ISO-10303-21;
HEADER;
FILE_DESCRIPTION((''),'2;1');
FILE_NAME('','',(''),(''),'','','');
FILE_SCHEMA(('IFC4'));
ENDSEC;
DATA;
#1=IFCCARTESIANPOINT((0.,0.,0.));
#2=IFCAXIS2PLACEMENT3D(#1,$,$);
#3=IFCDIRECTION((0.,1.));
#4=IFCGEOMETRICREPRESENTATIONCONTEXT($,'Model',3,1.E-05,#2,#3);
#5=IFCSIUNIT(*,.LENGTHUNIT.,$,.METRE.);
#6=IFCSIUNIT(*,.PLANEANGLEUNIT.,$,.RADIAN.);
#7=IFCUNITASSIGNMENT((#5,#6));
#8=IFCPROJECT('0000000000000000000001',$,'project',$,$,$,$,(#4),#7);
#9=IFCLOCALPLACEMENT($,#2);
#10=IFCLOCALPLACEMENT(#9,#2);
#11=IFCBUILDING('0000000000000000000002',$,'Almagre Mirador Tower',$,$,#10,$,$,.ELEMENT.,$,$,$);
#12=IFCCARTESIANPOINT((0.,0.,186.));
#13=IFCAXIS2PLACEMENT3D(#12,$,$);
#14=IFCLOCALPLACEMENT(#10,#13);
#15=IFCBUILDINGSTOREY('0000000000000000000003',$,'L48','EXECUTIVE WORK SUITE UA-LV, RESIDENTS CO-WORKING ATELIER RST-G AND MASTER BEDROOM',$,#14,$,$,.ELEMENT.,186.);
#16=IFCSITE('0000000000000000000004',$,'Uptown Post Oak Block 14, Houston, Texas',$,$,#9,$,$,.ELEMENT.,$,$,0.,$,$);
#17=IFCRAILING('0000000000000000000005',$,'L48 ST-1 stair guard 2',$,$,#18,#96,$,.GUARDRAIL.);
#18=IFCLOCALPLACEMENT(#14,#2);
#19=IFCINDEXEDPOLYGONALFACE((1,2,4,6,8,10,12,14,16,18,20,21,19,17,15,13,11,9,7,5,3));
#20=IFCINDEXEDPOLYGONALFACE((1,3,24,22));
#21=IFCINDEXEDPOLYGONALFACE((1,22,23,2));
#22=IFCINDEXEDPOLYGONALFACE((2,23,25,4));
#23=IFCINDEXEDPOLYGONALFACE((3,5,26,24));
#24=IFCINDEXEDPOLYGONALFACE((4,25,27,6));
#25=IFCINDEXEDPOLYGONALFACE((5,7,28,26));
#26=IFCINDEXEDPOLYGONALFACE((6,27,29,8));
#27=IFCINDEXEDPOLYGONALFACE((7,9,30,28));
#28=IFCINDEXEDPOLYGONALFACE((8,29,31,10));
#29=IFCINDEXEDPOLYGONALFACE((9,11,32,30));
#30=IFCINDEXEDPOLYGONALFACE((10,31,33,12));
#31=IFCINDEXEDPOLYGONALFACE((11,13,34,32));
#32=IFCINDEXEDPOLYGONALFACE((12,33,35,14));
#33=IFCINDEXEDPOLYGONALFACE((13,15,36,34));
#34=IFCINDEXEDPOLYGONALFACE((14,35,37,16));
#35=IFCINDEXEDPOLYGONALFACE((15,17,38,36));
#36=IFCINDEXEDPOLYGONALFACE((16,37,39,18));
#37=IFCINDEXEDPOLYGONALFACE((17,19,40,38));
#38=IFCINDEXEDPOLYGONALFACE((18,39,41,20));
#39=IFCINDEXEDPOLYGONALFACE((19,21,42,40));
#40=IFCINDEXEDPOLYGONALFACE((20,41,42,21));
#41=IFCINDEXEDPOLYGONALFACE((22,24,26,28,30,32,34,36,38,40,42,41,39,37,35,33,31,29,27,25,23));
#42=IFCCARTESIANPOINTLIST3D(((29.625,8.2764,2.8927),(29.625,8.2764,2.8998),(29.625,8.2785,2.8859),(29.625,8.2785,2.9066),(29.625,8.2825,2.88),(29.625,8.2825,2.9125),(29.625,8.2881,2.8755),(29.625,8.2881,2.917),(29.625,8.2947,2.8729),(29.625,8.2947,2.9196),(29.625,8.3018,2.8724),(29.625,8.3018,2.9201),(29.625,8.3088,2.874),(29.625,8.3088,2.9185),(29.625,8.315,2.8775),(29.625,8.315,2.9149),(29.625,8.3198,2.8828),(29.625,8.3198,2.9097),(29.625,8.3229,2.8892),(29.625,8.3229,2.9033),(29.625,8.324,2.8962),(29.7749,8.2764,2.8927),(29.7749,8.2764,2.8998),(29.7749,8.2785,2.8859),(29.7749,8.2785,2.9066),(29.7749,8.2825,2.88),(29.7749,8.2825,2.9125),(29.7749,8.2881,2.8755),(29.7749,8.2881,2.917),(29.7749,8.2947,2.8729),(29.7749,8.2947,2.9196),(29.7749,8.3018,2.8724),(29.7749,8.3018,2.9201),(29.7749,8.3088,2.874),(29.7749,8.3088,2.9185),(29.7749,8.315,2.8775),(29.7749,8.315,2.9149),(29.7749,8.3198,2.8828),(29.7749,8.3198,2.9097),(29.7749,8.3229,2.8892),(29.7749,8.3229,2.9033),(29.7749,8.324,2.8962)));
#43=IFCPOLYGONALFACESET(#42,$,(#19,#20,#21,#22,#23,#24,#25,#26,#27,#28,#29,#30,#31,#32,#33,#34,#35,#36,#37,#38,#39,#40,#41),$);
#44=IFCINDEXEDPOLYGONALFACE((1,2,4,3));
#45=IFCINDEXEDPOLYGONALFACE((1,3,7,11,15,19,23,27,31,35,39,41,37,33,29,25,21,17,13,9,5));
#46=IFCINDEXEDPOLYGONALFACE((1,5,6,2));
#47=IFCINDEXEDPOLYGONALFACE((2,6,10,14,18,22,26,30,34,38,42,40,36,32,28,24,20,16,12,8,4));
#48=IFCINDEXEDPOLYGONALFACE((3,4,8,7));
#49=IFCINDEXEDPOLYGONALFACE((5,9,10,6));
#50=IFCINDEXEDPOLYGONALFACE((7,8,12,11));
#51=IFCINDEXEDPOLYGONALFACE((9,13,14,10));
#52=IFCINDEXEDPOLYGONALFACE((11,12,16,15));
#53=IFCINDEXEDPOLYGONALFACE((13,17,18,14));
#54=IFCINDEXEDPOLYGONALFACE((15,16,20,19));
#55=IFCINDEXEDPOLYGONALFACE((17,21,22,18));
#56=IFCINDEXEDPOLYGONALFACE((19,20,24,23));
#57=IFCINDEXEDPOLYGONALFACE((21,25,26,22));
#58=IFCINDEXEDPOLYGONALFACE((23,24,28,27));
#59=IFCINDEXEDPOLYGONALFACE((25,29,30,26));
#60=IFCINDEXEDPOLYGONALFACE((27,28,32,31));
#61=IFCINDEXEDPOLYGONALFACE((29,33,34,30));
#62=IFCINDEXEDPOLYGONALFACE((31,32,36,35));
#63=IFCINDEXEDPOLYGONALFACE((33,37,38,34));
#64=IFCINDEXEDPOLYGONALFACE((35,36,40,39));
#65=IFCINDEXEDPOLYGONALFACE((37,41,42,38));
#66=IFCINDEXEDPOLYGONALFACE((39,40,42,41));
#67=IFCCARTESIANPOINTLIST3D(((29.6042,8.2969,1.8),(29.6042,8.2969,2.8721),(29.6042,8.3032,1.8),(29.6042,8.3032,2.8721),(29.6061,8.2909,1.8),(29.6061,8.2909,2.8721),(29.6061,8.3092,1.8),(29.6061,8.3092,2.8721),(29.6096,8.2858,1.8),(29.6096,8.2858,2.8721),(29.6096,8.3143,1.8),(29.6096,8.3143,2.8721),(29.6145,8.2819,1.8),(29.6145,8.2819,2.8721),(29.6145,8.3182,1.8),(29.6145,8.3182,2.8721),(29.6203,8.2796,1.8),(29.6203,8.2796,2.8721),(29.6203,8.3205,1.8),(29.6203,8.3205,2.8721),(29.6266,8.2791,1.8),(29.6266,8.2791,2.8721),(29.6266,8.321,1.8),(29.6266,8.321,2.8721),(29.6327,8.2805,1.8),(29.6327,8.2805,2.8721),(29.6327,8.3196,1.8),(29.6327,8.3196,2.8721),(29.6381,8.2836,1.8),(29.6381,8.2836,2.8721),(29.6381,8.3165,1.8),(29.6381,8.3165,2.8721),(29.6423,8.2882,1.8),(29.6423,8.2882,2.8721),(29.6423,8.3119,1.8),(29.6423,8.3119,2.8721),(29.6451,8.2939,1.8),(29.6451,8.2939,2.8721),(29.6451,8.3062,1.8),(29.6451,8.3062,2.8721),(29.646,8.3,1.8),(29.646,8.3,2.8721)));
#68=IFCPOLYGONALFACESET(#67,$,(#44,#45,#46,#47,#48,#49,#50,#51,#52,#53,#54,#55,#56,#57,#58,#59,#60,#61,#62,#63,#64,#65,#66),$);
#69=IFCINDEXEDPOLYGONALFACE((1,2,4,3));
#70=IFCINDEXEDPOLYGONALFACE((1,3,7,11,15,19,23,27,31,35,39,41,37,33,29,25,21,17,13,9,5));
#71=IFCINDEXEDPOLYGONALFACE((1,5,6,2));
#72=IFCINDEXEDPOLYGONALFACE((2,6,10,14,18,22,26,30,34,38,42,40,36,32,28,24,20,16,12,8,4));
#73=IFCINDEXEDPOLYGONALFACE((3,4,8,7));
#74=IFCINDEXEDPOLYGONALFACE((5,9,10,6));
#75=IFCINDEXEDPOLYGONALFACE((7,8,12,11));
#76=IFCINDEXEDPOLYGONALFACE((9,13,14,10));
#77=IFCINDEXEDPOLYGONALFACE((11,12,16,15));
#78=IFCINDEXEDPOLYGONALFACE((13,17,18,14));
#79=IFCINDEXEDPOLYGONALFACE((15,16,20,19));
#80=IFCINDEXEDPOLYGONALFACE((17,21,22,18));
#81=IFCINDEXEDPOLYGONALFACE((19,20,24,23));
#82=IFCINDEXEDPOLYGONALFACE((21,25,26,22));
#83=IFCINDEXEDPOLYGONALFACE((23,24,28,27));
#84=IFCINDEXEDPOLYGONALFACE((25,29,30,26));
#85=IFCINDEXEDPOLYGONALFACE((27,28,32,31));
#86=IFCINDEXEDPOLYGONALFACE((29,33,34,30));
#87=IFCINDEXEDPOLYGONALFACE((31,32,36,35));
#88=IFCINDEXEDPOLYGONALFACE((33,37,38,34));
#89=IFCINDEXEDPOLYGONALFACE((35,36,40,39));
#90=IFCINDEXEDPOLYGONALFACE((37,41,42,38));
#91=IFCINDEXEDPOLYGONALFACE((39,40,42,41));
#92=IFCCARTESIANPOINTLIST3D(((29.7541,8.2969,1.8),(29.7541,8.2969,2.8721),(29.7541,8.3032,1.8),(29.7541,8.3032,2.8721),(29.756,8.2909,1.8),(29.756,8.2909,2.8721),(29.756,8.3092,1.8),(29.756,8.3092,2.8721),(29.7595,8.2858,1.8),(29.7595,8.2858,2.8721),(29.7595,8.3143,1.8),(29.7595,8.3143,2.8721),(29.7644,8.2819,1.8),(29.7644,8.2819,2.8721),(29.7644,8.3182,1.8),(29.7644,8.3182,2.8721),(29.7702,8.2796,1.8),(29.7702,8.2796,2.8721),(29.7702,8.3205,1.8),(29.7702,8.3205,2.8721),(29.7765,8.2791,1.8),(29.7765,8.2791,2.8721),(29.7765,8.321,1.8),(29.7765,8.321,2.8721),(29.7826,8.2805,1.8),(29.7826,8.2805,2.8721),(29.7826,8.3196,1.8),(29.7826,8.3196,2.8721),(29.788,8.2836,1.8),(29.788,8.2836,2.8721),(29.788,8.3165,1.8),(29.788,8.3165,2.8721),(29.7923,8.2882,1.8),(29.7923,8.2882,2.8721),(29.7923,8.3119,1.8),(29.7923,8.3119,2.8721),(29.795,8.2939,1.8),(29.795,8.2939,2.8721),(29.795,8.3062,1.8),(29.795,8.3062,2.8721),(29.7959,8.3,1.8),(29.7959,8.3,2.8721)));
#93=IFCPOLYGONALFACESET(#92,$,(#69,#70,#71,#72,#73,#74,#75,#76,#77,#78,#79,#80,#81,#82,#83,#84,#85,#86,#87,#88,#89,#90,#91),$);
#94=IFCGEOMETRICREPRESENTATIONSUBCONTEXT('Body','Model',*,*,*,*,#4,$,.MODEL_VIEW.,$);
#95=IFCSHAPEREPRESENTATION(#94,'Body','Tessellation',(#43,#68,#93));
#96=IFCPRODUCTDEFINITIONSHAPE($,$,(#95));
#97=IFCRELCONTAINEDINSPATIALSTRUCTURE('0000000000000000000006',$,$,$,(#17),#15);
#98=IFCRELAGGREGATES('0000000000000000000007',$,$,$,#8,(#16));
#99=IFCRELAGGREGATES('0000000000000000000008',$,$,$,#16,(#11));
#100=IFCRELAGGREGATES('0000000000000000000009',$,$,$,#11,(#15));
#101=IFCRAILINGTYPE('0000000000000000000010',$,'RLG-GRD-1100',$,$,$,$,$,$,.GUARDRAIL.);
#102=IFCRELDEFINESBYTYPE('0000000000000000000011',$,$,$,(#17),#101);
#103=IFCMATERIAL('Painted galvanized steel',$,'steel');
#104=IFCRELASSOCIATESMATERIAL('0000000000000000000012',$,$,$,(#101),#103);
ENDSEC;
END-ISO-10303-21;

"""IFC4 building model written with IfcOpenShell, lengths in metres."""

from ifc_helpers import new_model, si_unit, direction, frame, origin, origin_2d, place, context, subcontext, project, spatial, circle, extrude, material, type_object, element, save


model = new_model("IFC4")

# Units and contexts
model_context = context("Model", 3, precision=1e-05, world=origin(), true_north=direction((0.0, 1.0)))
body_context = subcontext(model_context, "Body", "Model", "MODEL_VIEW")
ifc_project = project(units=[si_unit("LENGTHUNIT", "METRE"), si_unit("PLANEANGLEUNIT", "RADIAN")], contexts=[model_context])

# Site, building, storey
site_placement = place(None, origin())
site = spatial("IfcSite", under=ifc_project, at=site_placement, Name="Uptown Post Oak Block 14, Houston, Texas", CompositionType="ELEMENT", RefElevation=0.0)
building_placement = place(site_placement, origin())
building = spatial("IfcBuilding", under=site, at=building_placement, Name="Almagre Mirador Tower", CompositionType="ELEMENT")
storey_placement = place(building_placement, frame((0.0, 0.0, 186.0)))
storey = spatial("IfcBuildingStorey", under=building, at=storey_placement, Name="L48", Description="EXECUTIVE WORK SUITE UA-LV, RESIDENTS CO-WORKING ATELIER RST-G AND MASTER BEDROOM", CompositionType="ELEMENT", Elevation=186.0)

# Railing
ifc_material_1 = material(Name="Painted galvanized steel", Category="steel")
railing_type_1 = type_object("IfcRailingType", Name="RLG-GRD-1100", PredefinedType="GUARDRAIL", material=ifc_material_1)
railing_1_placement = place(storey_placement, frame((29.625, 8.3, 1.8)))
element("IfcRailing", 1, at=railing_1_placement, inside=storey, type_object=railing_type_1, Name="L48 ST-1 stair guard 2", PredefinedType="GUARDRAIL", context=body_context, shape_type="SweptSolid", body=[
    extrude(circle(Radius=0.0239, at=origin_2d()), frame((0.0, 0.0, 1.0962), z_axis=(1.0, 0.0, 0.0), x_axis=(0.0, 1.0, 0.0)), (0.0, 0.0, 1.0), 0.1499),
    extrude(circle(Radius=0.021, at=origin_2d()), origin(), (0.0, 0.0, 1.0), 1.072),
    extrude(circle(Radius=0.021, at=origin_2d()), frame((0.1499, 0.0, 0.0)), (0.0, 0.0, 1.0), 1.072),
])

save(model, "model.ifc")
